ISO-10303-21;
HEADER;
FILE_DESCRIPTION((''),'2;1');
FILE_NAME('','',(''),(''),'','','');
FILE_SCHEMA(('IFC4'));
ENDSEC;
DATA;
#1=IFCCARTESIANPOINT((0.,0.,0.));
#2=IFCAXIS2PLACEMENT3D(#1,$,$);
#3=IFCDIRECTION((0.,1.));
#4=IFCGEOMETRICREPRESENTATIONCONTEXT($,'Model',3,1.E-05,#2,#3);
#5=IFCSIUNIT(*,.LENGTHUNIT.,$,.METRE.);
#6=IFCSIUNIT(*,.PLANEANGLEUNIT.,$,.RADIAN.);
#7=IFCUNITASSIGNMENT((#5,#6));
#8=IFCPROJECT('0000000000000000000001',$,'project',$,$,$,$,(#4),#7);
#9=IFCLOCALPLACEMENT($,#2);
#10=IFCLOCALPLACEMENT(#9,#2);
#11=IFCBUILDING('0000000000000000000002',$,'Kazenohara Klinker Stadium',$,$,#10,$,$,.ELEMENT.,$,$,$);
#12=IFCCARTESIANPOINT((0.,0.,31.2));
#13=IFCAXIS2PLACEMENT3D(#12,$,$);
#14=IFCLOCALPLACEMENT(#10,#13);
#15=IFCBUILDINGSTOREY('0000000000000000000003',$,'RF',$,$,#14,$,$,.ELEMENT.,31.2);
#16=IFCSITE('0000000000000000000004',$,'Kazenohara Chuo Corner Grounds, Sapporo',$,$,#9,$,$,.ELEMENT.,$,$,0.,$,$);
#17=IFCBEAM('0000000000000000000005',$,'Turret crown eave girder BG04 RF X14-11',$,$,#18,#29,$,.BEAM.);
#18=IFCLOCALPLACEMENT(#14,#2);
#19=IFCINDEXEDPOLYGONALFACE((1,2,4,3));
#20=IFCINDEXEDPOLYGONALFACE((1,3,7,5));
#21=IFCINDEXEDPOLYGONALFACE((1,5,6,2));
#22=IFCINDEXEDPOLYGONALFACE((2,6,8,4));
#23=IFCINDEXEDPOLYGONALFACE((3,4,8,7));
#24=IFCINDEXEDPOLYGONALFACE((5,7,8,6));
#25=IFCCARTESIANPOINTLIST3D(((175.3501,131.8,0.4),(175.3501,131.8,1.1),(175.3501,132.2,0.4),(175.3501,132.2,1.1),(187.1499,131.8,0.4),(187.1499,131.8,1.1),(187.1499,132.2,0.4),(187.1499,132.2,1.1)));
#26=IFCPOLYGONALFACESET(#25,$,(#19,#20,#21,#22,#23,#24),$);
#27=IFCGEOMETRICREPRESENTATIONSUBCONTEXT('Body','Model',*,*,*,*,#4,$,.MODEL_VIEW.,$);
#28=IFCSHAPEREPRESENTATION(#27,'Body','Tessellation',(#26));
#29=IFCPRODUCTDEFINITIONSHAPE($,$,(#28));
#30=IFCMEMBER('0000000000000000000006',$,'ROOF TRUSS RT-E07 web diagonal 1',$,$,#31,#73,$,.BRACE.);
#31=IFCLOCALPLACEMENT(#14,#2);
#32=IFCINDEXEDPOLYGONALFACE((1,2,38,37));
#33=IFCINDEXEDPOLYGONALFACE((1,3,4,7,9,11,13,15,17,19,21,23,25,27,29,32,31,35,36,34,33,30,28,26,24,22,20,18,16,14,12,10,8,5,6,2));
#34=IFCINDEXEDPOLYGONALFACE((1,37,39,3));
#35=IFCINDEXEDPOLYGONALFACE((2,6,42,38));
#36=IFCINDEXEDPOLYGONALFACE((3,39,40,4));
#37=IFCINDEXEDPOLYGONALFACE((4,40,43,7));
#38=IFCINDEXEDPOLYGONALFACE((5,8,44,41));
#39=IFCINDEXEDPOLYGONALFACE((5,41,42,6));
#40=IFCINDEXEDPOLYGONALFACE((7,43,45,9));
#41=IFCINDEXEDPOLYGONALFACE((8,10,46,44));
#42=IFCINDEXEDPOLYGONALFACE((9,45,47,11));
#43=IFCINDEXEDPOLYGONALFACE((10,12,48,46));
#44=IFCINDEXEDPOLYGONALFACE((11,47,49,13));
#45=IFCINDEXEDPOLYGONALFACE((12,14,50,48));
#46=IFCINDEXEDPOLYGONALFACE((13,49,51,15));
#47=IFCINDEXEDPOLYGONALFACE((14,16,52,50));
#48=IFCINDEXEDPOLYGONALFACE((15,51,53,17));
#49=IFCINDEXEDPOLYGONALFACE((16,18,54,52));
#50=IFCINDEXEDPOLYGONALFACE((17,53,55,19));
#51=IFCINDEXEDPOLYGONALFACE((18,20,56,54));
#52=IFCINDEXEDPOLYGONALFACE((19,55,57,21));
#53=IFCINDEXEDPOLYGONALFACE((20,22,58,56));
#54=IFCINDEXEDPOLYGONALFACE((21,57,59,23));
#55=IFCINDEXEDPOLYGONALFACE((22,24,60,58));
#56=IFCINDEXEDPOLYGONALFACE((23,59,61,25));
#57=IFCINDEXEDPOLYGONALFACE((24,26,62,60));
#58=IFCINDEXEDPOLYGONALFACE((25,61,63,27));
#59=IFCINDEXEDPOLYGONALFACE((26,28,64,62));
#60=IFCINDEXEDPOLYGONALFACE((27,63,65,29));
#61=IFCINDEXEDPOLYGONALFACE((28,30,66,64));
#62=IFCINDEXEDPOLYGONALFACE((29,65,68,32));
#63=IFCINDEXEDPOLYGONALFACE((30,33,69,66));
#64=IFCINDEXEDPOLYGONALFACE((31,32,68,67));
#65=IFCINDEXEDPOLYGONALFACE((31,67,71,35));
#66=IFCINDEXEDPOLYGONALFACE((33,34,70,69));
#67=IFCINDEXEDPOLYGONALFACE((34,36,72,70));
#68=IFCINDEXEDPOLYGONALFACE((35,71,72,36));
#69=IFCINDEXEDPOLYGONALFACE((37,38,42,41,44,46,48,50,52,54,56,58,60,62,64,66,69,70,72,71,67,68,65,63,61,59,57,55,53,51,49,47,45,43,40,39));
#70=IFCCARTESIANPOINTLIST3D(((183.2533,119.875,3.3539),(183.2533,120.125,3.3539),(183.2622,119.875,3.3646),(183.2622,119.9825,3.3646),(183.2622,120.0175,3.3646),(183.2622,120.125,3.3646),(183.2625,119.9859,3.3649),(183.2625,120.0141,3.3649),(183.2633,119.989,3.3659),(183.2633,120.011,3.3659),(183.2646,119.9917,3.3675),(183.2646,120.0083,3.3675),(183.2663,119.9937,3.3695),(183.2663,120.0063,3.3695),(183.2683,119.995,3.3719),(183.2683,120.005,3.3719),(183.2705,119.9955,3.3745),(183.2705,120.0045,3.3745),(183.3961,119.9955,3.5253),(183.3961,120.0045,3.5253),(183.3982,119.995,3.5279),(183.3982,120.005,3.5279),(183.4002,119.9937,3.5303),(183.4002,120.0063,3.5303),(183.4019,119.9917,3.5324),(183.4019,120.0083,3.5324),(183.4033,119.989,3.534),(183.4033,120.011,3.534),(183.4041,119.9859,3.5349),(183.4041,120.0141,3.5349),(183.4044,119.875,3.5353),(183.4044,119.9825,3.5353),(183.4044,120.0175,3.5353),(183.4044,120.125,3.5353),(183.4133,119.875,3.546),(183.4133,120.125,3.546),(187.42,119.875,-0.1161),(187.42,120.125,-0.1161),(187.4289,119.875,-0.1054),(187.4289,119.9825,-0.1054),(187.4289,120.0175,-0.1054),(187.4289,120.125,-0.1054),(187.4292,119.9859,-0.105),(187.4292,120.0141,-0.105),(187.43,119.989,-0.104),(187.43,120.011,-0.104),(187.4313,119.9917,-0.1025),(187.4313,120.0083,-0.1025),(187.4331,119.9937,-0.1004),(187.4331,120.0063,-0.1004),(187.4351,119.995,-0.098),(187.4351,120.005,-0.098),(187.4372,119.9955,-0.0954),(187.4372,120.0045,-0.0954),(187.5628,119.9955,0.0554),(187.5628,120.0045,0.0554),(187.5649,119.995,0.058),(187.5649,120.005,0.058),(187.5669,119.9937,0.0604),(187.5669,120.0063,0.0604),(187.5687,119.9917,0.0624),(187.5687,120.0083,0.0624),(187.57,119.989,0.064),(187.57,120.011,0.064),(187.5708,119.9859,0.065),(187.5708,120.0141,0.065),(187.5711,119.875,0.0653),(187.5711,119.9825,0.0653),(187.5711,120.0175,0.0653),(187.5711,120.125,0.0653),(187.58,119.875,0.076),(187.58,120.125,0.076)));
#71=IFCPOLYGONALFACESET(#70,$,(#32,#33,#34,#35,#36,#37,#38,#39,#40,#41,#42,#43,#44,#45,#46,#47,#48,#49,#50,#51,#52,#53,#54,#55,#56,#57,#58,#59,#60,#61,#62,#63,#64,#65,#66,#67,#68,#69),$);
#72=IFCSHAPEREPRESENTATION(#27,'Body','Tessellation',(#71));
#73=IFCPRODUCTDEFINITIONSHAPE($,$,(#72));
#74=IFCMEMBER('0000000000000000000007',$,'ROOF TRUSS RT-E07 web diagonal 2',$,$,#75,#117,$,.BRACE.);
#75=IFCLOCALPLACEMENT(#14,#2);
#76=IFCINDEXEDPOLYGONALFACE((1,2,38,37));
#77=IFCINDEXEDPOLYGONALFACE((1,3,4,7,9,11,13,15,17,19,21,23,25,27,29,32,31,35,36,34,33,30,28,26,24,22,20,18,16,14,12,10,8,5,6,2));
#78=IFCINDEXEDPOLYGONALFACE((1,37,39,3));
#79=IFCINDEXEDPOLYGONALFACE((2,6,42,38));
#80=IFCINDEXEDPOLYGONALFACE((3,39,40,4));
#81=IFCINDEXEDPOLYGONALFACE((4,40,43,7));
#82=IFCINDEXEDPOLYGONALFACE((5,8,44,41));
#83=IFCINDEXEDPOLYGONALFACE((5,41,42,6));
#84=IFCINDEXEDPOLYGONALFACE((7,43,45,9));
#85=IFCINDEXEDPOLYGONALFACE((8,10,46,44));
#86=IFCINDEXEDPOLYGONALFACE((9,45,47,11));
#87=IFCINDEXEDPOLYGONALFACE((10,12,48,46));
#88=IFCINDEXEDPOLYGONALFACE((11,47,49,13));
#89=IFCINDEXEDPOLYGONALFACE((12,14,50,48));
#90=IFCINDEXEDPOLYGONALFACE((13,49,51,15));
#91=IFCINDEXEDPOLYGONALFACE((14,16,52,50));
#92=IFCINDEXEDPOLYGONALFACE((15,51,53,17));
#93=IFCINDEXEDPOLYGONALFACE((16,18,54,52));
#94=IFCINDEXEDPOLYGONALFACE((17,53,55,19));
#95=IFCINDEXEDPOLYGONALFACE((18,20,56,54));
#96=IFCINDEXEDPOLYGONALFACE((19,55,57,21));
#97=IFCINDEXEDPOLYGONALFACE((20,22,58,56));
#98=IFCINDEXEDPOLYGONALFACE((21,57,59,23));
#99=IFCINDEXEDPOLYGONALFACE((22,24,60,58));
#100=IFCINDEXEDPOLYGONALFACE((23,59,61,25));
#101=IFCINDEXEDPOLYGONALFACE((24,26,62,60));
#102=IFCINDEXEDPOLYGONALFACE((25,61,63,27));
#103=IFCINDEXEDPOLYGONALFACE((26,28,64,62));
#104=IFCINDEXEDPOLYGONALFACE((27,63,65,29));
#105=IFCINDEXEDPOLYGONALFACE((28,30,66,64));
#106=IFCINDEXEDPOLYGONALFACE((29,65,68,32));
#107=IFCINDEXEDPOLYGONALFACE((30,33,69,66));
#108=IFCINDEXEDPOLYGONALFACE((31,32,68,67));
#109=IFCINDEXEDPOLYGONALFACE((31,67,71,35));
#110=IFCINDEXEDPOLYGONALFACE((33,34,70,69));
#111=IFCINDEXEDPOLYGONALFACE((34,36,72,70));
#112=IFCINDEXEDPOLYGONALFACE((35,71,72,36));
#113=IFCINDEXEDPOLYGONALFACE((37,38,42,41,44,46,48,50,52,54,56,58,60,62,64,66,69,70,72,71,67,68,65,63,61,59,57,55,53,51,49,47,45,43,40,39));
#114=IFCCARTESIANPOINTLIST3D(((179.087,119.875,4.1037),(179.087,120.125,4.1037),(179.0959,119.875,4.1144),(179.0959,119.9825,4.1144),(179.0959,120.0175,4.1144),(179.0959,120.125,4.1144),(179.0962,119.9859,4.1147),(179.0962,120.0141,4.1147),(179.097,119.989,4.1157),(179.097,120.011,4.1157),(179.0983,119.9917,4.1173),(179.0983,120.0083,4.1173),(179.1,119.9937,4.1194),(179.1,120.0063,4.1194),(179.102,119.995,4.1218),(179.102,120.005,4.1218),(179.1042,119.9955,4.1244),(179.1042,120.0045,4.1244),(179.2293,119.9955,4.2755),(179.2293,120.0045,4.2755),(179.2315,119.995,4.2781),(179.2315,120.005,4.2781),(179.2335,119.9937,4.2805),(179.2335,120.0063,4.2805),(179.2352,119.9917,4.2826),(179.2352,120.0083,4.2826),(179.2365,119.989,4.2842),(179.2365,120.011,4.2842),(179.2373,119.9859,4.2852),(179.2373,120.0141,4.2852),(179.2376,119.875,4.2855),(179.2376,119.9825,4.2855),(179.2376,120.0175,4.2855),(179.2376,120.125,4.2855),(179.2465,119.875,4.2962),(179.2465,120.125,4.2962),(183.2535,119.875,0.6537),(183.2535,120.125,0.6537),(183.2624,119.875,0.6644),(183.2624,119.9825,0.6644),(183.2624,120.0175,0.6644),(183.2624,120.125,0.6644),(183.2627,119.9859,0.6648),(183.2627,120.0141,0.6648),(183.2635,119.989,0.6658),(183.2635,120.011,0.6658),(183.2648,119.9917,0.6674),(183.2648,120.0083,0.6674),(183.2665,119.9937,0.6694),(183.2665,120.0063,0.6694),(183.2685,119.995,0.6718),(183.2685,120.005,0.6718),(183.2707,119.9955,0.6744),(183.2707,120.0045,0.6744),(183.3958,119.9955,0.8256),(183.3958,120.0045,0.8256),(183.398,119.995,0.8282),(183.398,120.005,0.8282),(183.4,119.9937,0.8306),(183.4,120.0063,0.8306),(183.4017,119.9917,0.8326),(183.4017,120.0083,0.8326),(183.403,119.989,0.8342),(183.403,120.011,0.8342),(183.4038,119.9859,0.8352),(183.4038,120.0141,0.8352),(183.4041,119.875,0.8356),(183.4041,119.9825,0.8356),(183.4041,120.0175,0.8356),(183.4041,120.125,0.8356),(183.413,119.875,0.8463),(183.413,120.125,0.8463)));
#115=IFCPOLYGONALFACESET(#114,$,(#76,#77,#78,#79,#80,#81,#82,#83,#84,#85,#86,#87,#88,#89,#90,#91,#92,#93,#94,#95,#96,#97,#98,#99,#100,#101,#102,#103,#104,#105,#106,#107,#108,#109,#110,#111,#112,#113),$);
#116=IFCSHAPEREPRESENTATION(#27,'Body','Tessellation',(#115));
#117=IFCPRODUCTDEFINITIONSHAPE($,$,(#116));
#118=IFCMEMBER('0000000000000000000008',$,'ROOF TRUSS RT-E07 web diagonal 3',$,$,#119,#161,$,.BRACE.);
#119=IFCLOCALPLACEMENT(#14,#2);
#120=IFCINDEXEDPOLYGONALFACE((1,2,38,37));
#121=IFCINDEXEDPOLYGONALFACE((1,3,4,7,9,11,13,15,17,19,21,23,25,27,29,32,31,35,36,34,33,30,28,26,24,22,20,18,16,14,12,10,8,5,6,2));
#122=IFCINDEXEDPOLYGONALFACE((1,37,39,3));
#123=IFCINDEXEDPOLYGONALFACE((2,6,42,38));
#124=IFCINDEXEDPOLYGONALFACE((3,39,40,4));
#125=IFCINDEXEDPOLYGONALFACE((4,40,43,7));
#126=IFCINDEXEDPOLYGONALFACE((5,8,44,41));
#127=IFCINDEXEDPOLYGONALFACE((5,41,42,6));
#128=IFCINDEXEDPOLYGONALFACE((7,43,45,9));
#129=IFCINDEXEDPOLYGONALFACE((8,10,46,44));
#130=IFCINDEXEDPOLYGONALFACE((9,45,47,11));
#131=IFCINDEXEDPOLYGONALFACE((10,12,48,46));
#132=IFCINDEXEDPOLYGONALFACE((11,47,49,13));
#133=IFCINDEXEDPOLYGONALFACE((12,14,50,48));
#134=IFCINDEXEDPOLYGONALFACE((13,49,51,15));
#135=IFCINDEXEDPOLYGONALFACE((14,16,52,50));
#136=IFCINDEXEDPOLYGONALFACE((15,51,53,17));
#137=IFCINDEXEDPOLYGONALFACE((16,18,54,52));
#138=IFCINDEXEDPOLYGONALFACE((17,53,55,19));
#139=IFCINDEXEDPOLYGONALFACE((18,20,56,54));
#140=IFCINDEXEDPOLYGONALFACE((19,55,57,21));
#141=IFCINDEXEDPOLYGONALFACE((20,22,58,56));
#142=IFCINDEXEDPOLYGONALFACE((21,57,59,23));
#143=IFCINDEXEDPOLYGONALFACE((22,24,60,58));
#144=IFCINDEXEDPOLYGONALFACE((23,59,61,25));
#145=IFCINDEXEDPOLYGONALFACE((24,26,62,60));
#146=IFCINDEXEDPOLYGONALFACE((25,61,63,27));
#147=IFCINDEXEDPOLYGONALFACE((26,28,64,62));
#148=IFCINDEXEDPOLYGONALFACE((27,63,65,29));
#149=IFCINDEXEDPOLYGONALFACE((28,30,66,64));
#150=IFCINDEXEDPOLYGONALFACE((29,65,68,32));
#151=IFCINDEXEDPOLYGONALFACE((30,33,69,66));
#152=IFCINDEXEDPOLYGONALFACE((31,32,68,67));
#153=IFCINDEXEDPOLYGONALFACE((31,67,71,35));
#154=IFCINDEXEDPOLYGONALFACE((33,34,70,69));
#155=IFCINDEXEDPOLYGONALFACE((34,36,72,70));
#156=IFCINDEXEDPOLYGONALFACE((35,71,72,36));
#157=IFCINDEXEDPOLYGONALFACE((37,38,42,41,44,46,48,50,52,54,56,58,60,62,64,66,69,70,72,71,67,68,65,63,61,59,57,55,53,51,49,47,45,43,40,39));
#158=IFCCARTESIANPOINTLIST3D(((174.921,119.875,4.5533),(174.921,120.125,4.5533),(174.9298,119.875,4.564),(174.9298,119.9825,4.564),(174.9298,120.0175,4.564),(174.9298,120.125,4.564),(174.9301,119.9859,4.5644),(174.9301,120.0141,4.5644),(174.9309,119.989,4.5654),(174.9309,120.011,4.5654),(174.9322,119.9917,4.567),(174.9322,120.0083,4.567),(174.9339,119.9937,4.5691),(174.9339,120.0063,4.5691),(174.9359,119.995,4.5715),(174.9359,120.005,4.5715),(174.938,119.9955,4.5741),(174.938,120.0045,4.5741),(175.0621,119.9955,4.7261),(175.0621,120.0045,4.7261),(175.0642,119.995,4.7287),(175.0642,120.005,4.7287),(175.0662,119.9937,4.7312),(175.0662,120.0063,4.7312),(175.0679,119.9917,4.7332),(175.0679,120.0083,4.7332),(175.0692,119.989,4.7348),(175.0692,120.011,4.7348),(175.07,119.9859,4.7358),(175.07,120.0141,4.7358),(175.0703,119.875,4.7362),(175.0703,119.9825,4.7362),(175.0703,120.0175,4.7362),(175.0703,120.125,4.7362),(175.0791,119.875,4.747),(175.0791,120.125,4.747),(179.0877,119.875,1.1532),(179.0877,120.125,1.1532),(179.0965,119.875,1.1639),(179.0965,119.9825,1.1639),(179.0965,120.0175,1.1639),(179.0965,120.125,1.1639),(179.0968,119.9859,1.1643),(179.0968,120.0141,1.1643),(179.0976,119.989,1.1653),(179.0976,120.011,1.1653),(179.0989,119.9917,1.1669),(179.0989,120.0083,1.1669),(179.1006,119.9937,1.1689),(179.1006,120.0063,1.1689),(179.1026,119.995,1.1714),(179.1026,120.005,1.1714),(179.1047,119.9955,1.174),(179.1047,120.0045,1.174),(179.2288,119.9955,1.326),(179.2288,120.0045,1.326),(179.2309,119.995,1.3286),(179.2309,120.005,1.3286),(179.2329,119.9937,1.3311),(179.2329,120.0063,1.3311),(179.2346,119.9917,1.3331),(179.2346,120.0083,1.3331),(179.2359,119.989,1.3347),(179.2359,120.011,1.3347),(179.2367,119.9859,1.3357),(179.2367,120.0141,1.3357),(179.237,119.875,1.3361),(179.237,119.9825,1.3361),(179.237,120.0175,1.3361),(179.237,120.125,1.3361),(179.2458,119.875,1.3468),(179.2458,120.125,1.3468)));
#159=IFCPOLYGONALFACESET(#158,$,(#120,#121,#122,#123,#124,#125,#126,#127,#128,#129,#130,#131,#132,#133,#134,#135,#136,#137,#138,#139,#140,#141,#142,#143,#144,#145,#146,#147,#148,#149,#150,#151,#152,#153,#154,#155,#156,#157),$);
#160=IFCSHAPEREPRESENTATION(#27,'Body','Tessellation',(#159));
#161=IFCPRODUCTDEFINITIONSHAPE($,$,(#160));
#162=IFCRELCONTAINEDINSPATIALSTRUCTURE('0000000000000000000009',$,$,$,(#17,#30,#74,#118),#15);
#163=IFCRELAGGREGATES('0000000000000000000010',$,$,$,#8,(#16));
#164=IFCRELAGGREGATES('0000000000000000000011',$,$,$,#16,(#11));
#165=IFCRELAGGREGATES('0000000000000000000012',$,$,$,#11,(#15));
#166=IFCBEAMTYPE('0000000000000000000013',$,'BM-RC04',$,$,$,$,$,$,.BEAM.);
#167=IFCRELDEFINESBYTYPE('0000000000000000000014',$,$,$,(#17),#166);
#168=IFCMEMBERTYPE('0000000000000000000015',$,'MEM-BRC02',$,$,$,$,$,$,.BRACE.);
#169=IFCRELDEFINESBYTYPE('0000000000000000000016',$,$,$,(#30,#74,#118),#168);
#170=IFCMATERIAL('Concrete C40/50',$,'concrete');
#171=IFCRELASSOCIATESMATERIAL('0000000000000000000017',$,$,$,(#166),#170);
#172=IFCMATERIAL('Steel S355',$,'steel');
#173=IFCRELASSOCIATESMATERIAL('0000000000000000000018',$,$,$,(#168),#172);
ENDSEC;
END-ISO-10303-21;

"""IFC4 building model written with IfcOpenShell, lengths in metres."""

from ifc_helpers import new_model, si_unit, direction, frame, origin, origin_2d, place, context, subcontext, project, spatial, rectangle, i_section, extrude, material, material_profile, profile_set, type_object, element, save


model = new_model("IFC4")

# Units and contexts
model_context = context("Model", 3, precision=1e-05, world=origin(), true_north=direction((0.0, 1.0)))
body_context = subcontext(model_context, "Body", "Model", "MODEL_VIEW")
ifc_project = project(units=[si_unit("LENGTHUNIT", "METRE"), si_unit("PLANEANGLEUNIT", "RADIAN")], contexts=[model_context])

# Site, building, storey
site_placement = place(None, origin())
site = spatial("IfcSite", under=ifc_project, at=site_placement, Name="Kazenohara Chuo Corner Grounds, Sapporo", CompositionType="ELEMENT", RefElevation=0.0)
building_placement = place(site_placement, origin())
building = spatial("IfcBuilding", under=site, at=building_placement, Name="Kazenohara Klinker Stadium", CompositionType="ELEMENT")
storey_placement = place(building_placement, frame((0.0, 0.0, 31.2)))
storey = spatial("IfcBuildingStorey", under=building, at=storey_placement, Name="RF", CompositionType="ELEMENT", Elevation=31.2)

# Beam
ifc_material_1 = material(Name="Concrete C40/50", Category="concrete")
ifc_material_profile_1 = material_profile(ifc_material_1, rectangle(XDim=0.3999, YDim=0.7, at=origin_2d()), Name="RC-BM-400x700")
ifc_profile_set_1 = profile_set([ifc_material_profile_1], Name="Concrete C40/50")
beam_type = type_object("IfcBeamType", Name="BM-RC04", PredefinedType="BEAM", material=ifc_profile_set_1)
beam_placement = place(storey_placement, frame((175.3501, 132.0, 0.75), z_axis=(1.0, 0.0, 0.0), x_axis=(0.0, 1.0, 0.0)))
element("IfcBeam", 1, at=beam_placement, inside=storey, type_object=beam_type, Name="Turret crown eave girder BG04 RF X14-11", PredefinedType="BEAM", context=body_context, shape_type="SweptSolid", body=[
    extrude(rectangle(XDim=0.3999, YDim=0.7, at=origin_2d()), origin(), (0.0, 0.0, 1.0), 11.7998),
])

# Members
ifc_material_2 = material(Name="Steel S355", Category="steel")
ifc_material_profile_2 = material_profile(ifc_material_2, i_section(OverallWidth=0.25, OverallDepth=0.25, WebThickness=0.009, FlangeThickness=0.0139, FilletRadius=0.0129, at=origin_2d()), Name="H-250x250x9x14")
ifc_profile_set_2 = profile_set([ifc_material_profile_2], Name="Steel S355")
member_type_1 = type_object("IfcMemberType", Name="MEM-BRC02", PredefinedType="BRACE", material=ifc_profile_set_2)
member_1_placement = place(storey_placement, frame((187.5, 120.0, -0.02), z_axis=(-0.768432, 0.0, 0.639932), x_axis=(0.0, -1.0, 0.0)))
element("IfcMember", 2, at=member_1_placement, inside=storey, type_object=member_type_1, Name="ROOF TRUSS RT-E07 web diagonal 1", PredefinedType="BRACE", context=body_context, shape_type="SweptSolid", body=[
    extrude(i_section(OverallWidth=0.25, OverallDepth=0.25, WebThickness=0.009, FlangeThickness=0.0139, FilletRadius=0.0129, at=origin_2d()), origin(), (0.0, 0.0, 1.0), 5.4224),
])
member_2_placement = place(storey_placement, frame((183.3333, 120.0, 0.75), z_axis=(-0.77023, 0.0, 0.637766), x_axis=(0.0, -1.0, 0.0)))
element("IfcMember", 3, at=member_2_placement, inside=storey, type_object=member_type_1, Name="ROOF TRUSS RT-E07 web diagonal 2", PredefinedType="BRACE", context=body_context, shape_type="SweptSolid", body=[
    extrude(i_section(OverallWidth=0.25, OverallDepth=0.25, WebThickness=0.009, FlangeThickness=0.0139, FilletRadius=0.0129, at=origin_2d()), origin(), (0.0, 0.0, 1.0), 5.4094),
])
member_3_placement = place(storey_placement, frame((179.1667, 120.0, 1.25), z_axis=(-0.774778, 0.0, 0.632234), x_axis=(0.0, -1.0, 0.0)))
element("IfcMember", 4, at=member_3_placement, inside=storey, type_object=member_type_1, Name="ROOF TRUSS RT-E07 web diagonal 3", PredefinedType="BRACE", context=body_context, shape_type="SweptSolid", body=[
    extrude(i_section(OverallWidth=0.25, OverallDepth=0.25, WebThickness=0.009, FlangeThickness=0.0139, FilletRadius=0.0129, at=origin_2d()), origin(), (0.0, 0.0, 1.0), 5.3779),
])

save(model, "model.ifc")
